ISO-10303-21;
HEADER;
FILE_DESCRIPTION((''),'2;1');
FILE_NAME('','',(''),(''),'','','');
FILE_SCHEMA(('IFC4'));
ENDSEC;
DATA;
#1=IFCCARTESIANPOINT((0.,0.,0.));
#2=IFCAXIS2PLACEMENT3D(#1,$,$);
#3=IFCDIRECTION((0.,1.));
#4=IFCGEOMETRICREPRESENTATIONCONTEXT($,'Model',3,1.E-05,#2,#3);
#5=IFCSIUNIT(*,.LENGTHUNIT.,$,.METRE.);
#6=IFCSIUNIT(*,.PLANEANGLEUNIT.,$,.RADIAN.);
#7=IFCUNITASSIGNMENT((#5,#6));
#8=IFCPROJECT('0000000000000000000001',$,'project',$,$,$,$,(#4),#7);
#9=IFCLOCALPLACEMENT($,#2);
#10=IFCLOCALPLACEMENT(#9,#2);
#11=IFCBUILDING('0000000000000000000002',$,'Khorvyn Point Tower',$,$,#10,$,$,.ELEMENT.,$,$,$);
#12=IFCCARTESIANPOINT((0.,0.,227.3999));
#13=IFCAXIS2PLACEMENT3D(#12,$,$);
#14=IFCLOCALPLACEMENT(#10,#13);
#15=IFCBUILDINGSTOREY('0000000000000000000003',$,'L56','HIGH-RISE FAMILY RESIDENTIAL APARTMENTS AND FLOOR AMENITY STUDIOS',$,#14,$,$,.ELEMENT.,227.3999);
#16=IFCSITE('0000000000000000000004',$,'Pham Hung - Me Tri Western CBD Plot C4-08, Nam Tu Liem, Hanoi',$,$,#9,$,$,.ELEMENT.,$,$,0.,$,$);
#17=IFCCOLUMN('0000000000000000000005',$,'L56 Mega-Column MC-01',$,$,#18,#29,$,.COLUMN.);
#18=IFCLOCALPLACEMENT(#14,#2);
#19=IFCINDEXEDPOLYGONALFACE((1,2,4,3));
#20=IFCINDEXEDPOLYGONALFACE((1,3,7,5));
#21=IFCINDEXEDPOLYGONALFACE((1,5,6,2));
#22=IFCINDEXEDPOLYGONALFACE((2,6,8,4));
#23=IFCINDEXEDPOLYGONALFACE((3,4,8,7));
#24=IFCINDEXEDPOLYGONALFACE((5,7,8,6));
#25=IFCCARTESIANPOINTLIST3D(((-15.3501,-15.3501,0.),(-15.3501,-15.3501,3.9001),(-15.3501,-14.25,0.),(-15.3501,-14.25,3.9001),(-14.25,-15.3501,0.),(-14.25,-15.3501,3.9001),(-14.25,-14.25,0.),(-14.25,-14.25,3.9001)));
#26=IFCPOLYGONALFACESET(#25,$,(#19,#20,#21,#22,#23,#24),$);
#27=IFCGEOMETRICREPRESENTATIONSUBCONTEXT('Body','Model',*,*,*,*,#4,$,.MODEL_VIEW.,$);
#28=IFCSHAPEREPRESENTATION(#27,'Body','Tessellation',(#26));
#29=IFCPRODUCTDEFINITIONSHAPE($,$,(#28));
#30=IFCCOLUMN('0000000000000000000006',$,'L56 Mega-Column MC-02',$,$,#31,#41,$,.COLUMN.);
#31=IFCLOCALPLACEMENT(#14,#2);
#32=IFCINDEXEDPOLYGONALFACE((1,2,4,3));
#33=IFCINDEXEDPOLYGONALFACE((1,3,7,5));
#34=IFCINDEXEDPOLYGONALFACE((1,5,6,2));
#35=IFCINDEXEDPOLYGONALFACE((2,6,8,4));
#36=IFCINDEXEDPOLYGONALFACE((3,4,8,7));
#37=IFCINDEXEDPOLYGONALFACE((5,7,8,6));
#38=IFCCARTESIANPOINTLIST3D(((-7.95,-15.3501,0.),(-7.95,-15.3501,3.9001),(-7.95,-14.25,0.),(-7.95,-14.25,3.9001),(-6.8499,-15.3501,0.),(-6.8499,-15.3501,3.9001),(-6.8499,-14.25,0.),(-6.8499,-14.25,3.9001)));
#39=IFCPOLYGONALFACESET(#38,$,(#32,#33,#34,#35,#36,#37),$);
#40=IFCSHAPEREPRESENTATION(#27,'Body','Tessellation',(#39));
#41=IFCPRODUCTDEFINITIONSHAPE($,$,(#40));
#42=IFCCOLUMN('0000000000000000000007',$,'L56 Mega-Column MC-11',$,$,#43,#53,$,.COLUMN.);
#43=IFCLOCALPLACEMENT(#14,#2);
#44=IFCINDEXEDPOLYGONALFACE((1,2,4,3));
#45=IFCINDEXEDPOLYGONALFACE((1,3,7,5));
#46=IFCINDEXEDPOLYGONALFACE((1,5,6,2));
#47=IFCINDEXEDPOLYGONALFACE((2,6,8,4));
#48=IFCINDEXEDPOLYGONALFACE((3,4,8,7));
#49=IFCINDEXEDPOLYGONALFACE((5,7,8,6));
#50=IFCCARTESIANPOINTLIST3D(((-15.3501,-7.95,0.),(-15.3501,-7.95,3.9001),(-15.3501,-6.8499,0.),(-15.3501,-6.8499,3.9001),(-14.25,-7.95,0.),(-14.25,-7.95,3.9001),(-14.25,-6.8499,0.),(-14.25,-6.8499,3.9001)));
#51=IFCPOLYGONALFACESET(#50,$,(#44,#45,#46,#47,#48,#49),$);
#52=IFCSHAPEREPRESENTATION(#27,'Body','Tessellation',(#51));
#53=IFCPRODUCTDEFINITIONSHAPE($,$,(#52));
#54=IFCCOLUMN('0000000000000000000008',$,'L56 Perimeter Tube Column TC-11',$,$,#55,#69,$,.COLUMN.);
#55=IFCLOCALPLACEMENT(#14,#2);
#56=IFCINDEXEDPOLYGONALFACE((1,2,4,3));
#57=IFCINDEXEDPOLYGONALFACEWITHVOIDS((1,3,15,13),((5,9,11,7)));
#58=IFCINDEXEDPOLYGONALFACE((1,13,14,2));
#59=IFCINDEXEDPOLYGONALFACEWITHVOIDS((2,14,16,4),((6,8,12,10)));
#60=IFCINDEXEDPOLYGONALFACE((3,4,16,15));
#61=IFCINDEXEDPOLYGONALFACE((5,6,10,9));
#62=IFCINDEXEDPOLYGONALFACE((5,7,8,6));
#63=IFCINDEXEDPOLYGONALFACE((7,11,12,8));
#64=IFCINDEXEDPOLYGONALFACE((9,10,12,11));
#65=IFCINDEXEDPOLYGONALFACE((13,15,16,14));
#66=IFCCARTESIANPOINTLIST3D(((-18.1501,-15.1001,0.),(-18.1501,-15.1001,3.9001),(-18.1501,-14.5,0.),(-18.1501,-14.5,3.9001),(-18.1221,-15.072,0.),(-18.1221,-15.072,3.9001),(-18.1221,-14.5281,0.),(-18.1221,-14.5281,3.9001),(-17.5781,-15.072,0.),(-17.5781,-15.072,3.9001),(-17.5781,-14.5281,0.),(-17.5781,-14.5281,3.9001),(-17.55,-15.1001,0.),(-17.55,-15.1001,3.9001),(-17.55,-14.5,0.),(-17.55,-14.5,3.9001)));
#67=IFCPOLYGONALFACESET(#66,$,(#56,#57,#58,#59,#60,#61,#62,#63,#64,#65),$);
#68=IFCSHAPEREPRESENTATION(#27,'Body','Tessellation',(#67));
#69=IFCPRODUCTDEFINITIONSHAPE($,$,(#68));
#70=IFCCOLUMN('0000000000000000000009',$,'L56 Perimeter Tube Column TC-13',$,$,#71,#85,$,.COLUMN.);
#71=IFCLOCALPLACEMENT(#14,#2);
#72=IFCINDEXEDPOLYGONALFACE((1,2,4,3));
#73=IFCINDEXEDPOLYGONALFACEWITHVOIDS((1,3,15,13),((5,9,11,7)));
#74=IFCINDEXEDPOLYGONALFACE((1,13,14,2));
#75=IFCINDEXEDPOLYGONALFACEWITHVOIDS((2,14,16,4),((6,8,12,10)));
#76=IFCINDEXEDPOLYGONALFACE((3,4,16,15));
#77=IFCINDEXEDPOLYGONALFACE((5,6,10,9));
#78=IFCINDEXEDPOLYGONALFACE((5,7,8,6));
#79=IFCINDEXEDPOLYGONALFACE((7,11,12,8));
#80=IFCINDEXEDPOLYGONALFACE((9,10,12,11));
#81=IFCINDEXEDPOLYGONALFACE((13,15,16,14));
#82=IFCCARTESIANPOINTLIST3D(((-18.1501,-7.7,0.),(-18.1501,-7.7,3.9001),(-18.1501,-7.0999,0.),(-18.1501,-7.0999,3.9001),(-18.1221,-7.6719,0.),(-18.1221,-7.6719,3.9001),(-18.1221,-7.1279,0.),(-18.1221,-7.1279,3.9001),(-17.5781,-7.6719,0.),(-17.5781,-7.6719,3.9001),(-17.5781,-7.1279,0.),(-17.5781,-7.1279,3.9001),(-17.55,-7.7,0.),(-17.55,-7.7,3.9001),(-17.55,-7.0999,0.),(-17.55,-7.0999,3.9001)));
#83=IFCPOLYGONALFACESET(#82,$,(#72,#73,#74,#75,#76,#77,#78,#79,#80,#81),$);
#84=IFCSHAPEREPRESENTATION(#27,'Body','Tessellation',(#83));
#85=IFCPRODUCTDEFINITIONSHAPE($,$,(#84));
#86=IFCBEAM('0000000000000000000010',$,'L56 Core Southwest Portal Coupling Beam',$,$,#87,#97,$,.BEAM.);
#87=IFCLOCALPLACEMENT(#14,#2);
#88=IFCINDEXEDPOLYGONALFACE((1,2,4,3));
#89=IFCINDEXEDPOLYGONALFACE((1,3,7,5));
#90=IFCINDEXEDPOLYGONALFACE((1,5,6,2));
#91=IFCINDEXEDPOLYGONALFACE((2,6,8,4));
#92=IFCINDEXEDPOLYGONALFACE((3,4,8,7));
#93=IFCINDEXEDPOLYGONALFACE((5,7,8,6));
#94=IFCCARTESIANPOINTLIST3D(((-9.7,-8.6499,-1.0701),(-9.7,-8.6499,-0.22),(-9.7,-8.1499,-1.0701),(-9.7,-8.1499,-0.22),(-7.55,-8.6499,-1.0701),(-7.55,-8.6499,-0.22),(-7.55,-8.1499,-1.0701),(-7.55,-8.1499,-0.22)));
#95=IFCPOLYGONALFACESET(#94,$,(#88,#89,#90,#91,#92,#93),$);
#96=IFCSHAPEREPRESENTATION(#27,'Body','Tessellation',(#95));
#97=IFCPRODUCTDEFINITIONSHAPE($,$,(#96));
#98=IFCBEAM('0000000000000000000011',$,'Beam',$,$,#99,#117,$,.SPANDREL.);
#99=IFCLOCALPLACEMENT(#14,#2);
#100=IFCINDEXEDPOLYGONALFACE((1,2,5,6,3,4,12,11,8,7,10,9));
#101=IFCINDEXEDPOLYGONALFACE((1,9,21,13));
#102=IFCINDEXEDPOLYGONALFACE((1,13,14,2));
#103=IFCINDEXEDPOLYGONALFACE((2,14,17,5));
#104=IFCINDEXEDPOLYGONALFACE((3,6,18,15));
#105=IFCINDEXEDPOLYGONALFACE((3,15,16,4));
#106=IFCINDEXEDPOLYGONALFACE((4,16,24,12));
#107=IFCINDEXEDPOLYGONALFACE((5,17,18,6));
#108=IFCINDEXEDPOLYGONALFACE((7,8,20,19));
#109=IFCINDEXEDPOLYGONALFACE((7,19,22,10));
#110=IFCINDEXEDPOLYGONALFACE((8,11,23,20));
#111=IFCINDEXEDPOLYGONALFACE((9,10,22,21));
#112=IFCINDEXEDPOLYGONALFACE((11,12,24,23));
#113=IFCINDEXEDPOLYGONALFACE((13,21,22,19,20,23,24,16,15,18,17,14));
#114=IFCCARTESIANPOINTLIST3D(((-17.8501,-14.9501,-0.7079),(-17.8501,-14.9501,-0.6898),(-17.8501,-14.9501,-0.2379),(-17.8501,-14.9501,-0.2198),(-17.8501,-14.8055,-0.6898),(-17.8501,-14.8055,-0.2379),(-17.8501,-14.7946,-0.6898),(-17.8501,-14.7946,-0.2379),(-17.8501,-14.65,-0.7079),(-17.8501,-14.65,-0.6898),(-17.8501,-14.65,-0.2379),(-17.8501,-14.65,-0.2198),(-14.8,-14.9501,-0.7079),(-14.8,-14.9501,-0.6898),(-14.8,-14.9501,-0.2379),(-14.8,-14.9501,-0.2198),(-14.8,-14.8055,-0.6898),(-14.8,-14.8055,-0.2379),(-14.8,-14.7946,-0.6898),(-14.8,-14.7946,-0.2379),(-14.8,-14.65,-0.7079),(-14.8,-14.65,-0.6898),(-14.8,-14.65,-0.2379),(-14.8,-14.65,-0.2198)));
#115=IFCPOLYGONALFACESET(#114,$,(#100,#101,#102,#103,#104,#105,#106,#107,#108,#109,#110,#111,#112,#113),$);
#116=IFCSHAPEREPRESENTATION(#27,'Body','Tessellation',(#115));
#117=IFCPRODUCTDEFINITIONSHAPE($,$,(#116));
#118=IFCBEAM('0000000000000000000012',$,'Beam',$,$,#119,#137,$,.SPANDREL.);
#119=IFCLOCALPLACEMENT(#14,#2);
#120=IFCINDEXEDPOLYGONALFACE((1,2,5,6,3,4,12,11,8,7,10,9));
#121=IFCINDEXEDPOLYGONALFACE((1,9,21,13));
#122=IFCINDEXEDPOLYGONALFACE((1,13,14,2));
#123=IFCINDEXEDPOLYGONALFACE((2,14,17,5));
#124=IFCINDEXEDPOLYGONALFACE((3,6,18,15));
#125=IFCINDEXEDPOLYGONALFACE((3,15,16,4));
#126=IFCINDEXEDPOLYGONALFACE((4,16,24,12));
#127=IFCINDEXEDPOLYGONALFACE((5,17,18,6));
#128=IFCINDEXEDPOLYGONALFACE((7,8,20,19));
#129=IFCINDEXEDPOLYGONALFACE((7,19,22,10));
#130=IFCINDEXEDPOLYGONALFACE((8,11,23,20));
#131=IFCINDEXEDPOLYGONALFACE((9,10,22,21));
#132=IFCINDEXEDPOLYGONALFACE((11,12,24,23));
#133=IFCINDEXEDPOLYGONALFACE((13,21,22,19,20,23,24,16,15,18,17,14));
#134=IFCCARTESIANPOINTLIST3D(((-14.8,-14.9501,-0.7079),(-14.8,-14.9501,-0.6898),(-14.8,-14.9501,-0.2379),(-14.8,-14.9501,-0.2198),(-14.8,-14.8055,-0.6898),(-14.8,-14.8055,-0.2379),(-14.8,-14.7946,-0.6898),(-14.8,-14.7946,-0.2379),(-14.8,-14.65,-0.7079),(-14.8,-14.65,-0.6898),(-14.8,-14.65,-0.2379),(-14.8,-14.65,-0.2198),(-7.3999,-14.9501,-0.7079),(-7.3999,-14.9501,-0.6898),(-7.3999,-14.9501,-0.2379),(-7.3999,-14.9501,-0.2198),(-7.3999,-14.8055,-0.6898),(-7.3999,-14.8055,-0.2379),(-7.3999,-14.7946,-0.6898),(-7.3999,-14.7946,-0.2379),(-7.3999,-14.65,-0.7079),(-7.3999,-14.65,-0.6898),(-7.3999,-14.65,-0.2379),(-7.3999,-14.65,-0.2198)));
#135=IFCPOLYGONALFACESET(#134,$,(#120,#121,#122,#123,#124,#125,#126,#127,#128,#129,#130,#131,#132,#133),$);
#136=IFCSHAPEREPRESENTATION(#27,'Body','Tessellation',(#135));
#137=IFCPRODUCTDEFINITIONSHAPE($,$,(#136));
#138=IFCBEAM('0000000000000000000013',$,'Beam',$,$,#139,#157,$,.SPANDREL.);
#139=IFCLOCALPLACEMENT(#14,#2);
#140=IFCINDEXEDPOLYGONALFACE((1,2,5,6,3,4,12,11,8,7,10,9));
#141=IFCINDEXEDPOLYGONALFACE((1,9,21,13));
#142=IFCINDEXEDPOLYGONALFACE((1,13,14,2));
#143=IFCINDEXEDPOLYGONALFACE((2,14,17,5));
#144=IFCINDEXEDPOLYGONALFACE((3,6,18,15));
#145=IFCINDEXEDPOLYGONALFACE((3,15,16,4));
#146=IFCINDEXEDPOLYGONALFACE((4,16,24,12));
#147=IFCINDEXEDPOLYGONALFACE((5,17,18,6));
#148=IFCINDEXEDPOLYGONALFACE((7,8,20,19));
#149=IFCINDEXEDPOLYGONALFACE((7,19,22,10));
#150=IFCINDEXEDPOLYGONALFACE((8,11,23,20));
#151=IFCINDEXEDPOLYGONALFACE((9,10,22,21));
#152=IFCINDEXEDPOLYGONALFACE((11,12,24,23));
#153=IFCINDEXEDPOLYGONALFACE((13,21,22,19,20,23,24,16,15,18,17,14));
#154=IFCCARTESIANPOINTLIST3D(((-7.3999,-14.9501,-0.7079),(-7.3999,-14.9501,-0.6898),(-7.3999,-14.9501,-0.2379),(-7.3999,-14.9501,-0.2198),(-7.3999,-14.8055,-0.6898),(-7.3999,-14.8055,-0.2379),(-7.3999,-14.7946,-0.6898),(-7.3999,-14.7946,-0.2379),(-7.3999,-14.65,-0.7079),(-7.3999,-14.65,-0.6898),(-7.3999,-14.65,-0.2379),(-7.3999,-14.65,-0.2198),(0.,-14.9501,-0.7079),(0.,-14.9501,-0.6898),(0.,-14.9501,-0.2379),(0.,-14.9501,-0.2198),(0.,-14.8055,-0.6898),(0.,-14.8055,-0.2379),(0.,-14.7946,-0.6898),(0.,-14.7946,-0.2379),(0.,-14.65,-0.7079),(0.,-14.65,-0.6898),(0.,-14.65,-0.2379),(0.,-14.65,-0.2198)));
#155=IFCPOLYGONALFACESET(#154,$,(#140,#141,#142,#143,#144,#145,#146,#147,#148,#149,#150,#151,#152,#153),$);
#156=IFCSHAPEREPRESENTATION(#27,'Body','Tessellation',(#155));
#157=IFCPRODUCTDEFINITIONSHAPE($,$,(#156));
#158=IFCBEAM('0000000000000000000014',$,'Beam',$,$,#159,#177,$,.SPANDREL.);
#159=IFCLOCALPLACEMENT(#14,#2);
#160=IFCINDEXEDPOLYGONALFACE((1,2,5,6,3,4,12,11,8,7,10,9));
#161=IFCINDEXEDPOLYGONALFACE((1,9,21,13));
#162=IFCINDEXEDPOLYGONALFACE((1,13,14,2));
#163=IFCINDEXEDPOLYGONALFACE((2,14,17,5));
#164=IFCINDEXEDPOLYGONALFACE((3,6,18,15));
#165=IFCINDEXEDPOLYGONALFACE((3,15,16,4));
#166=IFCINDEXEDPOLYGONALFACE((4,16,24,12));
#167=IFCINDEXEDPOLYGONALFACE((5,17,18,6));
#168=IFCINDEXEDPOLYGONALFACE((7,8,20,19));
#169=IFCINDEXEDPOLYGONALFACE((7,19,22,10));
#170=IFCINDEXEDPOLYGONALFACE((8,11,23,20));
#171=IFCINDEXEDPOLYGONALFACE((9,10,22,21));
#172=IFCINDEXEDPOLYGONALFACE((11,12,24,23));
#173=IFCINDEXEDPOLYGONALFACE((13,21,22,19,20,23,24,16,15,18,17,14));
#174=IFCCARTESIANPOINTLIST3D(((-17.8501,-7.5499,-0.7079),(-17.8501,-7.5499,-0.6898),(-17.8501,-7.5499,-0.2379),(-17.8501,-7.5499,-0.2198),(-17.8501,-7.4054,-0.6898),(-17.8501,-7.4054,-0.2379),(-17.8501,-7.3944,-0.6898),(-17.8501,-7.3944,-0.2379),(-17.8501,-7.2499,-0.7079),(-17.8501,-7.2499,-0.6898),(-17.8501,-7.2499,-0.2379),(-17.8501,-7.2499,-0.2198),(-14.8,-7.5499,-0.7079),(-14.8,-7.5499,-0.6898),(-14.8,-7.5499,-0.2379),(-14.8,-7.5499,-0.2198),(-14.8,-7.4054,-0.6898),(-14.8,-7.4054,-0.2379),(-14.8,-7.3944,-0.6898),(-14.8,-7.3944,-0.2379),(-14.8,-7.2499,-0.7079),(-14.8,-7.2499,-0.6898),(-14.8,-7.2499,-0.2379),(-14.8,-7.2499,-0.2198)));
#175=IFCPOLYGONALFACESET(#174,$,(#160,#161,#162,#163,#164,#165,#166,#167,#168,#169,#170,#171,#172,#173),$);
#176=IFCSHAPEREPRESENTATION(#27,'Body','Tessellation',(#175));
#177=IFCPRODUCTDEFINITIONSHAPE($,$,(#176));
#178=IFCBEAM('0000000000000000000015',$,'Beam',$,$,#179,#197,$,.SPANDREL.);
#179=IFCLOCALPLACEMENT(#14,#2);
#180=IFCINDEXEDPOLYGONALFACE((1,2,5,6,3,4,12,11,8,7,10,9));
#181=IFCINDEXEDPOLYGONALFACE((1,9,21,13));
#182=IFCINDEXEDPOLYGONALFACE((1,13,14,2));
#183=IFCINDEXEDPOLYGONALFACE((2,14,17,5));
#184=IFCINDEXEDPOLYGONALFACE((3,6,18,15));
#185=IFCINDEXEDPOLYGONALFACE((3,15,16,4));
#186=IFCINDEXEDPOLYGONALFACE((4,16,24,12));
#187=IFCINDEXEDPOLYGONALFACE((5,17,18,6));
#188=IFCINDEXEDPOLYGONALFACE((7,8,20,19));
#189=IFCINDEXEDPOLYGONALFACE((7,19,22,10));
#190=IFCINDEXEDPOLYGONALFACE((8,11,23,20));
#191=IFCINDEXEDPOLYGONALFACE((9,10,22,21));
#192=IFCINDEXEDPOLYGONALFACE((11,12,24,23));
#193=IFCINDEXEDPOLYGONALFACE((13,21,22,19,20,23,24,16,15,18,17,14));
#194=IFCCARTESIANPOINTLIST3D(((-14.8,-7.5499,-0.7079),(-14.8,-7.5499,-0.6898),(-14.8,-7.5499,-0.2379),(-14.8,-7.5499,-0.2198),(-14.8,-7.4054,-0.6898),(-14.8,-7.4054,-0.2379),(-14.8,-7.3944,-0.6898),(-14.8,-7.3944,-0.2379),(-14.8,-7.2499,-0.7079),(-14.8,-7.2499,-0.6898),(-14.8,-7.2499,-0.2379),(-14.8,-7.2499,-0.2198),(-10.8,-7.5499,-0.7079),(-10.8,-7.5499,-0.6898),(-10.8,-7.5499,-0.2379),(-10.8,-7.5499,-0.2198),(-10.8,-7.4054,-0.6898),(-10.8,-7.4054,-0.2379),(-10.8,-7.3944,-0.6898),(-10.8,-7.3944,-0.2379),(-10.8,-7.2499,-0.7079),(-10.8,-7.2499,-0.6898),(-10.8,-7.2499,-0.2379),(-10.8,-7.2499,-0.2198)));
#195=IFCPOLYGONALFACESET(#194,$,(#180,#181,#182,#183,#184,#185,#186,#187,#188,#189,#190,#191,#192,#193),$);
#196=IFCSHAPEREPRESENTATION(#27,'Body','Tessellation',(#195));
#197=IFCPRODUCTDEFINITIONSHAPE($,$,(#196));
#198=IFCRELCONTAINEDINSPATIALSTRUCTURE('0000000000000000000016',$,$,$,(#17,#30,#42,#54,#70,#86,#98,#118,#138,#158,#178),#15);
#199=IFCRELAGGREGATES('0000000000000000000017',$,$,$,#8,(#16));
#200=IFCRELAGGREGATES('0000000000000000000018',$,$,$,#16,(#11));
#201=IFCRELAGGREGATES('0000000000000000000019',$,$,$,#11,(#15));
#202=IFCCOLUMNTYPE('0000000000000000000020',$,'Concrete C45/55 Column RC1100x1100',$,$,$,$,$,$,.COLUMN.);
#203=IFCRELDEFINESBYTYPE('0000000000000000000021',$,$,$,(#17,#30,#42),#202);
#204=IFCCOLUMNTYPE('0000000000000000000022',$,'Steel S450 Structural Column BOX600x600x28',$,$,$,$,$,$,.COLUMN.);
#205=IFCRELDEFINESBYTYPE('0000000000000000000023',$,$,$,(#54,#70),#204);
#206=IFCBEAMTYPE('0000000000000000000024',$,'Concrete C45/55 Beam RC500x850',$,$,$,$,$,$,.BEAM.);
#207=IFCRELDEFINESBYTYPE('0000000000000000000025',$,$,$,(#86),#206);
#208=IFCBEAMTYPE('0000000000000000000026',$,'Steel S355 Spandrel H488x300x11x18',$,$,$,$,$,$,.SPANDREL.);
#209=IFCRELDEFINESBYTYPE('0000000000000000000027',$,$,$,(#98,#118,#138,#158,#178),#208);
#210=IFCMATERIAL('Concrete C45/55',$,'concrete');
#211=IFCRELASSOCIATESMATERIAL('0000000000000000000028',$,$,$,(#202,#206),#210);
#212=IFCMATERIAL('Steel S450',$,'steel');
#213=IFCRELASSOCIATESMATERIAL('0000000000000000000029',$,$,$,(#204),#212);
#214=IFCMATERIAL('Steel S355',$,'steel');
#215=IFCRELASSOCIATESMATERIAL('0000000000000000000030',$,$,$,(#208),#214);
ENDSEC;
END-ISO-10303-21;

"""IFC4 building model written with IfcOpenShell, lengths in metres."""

from ifc_helpers import new_model, si_unit, direction, frame, origin, origin_2d, place, context, subcontext, project, spatial, rectangle, hollow_rectangle, i_section, extrude, material, material_profile, profile_set, type_object, element, save


model = new_model("IFC4")

# Units and contexts
model_context = context("Model", 3, precision=1e-05, world=origin(), true_north=direction((0.0, 1.0)))
body_context = subcontext(model_context, "Body", "Model", "MODEL_VIEW")
ifc_project = project(units=[si_unit("LENGTHUNIT", "METRE"), si_unit("PLANEANGLEUNIT", "RADIAN")], contexts=[model_context])

# Site, building, storey
site_placement = place(None, origin())
site = spatial("IfcSite", under=ifc_project, at=site_placement, Name="Pham Hung - Me Tri Western CBD Plot C4-08, Nam Tu Liem, Hanoi", CompositionType="ELEMENT", RefElevation=0.0)
building_placement = place(site_placement, origin())
building = spatial("IfcBuilding", under=site, at=building_placement, Name="Khorvyn Point Tower", CompositionType="ELEMENT")
storey_placement = place(building_placement, frame((0.0, 0.0, 227.3999)))
storey = spatial("IfcBuildingStorey", under=building, at=storey_placement, Name="L56", Description="HIGH-RISE FAMILY RESIDENTIAL APARTMENTS AND FLOOR AMENITY STUDIOS", CompositionType="ELEMENT", Elevation=227.3999)

# Columns
ifc_material_1 = material(Name="Concrete C45/55", Category="concrete")
ifc_material_profile_1 = material_profile(ifc_material_1, rectangle(XDim=1.1001, YDim=1.1001, at=origin_2d()))
ifc_profile_set_1 = profile_set([ifc_material_profile_1], Name="Concrete C45/55 RC1100x1100")
column_type_1 = type_object("IfcColumnType", Name="Concrete C45/55 Column RC1100x1100", PredefinedType="COLUMN", material=ifc_profile_set_1)
for number, where, z_axis, x_axis, name in (
    (1, (-14.8, -14.8, 0.0), (0.0, 0.0, 1.0), (1.0, 0.0, 0.0), "L56 Mega-Column MC-01"),
    (2, (-7.3999, -14.8, 0.0), (0.0, 0.0, 1.0), (1.0, 0.0, 0.0), "L56 Mega-Column MC-02"),
    (3, (-14.8, -7.3999, 0.0), (0.0, 0.0, 1.0), (1.0, 0.0, 0.0), "L56 Mega-Column MC-11"),
):
    element("IfcColumn", number, at=place(storey_placement, frame(where, z_axis=z_axis, x_axis=x_axis)), inside=storey, type_object=column_type_1, Name=name, PredefinedType="COLUMN", context=body_context, shape_type="SweptSolid", body=[
        extrude(rectangle(XDim=1.1001, YDim=1.1001, at=origin_2d()), origin(), (0.0, 0.0, 1.0), 3.9001),
    ])
ifc_material_2 = material(Name="Steel S450", Category="steel")
ifc_material_profile_2 = material_profile(ifc_material_2, hollow_rectangle(XDim=0.6001, YDim=0.6001, WallThickness=0.0281, at=origin_2d()))
ifc_profile_set_2 = profile_set([ifc_material_profile_2], Name="Steel S450 BOX600x600x28")
column_type_2 = type_object("IfcColumnType", Name="Steel S450 Structural Column BOX600x600x28", PredefinedType="COLUMN", material=ifc_profile_set_2)
for number, where, z_axis, x_axis, name in (
    (4, (-17.8501, -14.8, 0.0), (0.0, 0.0, 1.0), (1.0, 0.0, 0.0), "L56 Perimeter Tube Column TC-11"),
    (5, (-17.8501, -7.3999, 0.0), (0.0, 0.0, 1.0), (1.0, 0.0, 0.0), "L56 Perimeter Tube Column TC-13"),
):
    element("IfcColumn", number, at=place(storey_placement, frame(where, z_axis=z_axis, x_axis=x_axis)), inside=storey, type_object=column_type_2, Name=name, PredefinedType="COLUMN", context=body_context, shape_type="SweptSolid", body=[
        extrude(hollow_rectangle(XDim=0.6001, YDim=0.6001, WallThickness=0.0281, at=origin_2d()), origin(), (0.0, 0.0, 1.0), 3.9001),
    ])

# Beams
ifc_material_profile_3 = material_profile(ifc_material_1, rectangle(XDim=0.5, YDim=0.8501, at=origin_2d()))
ifc_profile_set_3 = profile_set([ifc_material_profile_3], Name="Concrete C45/55 RC500x850")
beam_type_1 = type_object("IfcBeamType", Name="Concrete C45/55 Beam RC500x850", PredefinedType="BEAM", material=ifc_profile_set_3)
beam_1_placement = place(storey_placement, frame((-9.7, -8.3999, -0.645), z_axis=(1.0, 0.0, 0.0), x_axis=(0.0, 1.0, 0.0)))
element("IfcBeam", 6, at=beam_1_placement, inside=storey, type_object=beam_type_1, Name="L56 Core Southwest Portal Coupling Beam", PredefinedType="BEAM", context=body_context, shape_type="SweptSolid", body=[
    extrude(rectangle(XDim=0.5, YDim=0.8501, at=origin_2d()), origin(), (0.0, 0.0, 1.0), 2.1499),
])
ifc_material_3 = material(Name="Steel S355", Category="steel")
ifc_material_profile_4 = material_profile(ifc_material_3, i_section(OverallWidth=0.3, OverallDepth=0.488, WebThickness=0.011, FlangeThickness=0.0181, at=origin_2d()))
ifc_profile_set_4 = profile_set([ifc_material_profile_4], Name="Steel S355 H488x300x11x18")
beam_type_2 = type_object("IfcBeamType", Name="Steel S355 Spandrel H488x300x11x18", PredefinedType="SPANDREL", material=ifc_profile_set_4)
beam_2_placement = place(storey_placement, frame((-17.8501, -14.8, -0.4639), z_axis=(1.0, 0.0, 0.0), x_axis=(0.0, 1.0, 0.0)))
element("IfcBeam", 7, at=beam_2_placement, inside=storey, type_object=beam_type_2, Name="Beam", PredefinedType="SPANDREL", context=body_context, shape_type="SweptSolid", body=[
    extrude(i_section(OverallWidth=0.3, OverallDepth=0.488, WebThickness=0.011, FlangeThickness=0.0181, at=origin_2d()), origin(), (0.0, 0.0, 1.0), 3.05),
])
beam_3_placement = place(storey_placement, frame((-14.8, -14.8, -0.4639), z_axis=(1.0, 0.0, 0.0), x_axis=(0.0, 1.0, 0.0)))
element("IfcBeam", 8, at=beam_3_placement, inside=storey, type_object=beam_type_2, Name="Beam", PredefinedType="SPANDREL", context=body_context, shape_type="SweptSolid", body=[
    extrude(i_section(OverallWidth=0.3, OverallDepth=0.488, WebThickness=0.011, FlangeThickness=0.0181, at=origin_2d()), origin(), (0.0, 0.0, 1.0), 7.4001),
])
beam_4_placement = place(storey_placement, frame((-7.3999, -14.8, -0.4639), z_axis=(1.0, 0.0, 0.0), x_axis=(0.0, 1.0, 0.0)))
element("IfcBeam", 9, at=beam_4_placement, inside=storey, type_object=beam_type_2, Name="Beam", PredefinedType="SPANDREL", context=body_context, shape_type="SweptSolid", body=[
    extrude(i_section(OverallWidth=0.3, OverallDepth=0.488, WebThickness=0.011, FlangeThickness=0.0181, at=origin_2d()), origin(), (0.0, 0.0, 1.0), 7.3999),
])
beam_5_placement = place(storey_placement, frame((-17.8501, -7.3999, -0.4639), z_axis=(1.0, 0.0, 0.0), x_axis=(0.0, 1.0, 0.0)))
element("IfcBeam", 10, at=beam_5_placement, inside=storey, type_object=beam_type_2, Name="Beam", PredefinedType="SPANDREL", context=body_context, shape_type="SweptSolid", body=[
    extrude(i_section(OverallWidth=0.3, OverallDepth=0.488, WebThickness=0.011, FlangeThickness=0.0181, at=origin_2d()), origin(), (0.0, 0.0, 1.0), 3.05),
])
beam_6_placement = place(storey_placement, frame((-14.8, -7.3999, -0.4639), z_axis=(1.0, 0.0, 0.0), x_axis=(0.0, 1.0, 0.0)))
element("IfcBeam", 11, at=beam_6_placement, inside=storey, type_object=beam_type_2, Name="Beam", PredefinedType="SPANDREL", context=body_context, shape_type="SweptSolid", body=[
    extrude(i_section(OverallWidth=0.3, OverallDepth=0.488, WebThickness=0.011, FlangeThickness=0.0181, at=origin_2d()), origin(), (0.0, 0.0, 1.0), 4.0),
])

save(model, "model.ifc")
